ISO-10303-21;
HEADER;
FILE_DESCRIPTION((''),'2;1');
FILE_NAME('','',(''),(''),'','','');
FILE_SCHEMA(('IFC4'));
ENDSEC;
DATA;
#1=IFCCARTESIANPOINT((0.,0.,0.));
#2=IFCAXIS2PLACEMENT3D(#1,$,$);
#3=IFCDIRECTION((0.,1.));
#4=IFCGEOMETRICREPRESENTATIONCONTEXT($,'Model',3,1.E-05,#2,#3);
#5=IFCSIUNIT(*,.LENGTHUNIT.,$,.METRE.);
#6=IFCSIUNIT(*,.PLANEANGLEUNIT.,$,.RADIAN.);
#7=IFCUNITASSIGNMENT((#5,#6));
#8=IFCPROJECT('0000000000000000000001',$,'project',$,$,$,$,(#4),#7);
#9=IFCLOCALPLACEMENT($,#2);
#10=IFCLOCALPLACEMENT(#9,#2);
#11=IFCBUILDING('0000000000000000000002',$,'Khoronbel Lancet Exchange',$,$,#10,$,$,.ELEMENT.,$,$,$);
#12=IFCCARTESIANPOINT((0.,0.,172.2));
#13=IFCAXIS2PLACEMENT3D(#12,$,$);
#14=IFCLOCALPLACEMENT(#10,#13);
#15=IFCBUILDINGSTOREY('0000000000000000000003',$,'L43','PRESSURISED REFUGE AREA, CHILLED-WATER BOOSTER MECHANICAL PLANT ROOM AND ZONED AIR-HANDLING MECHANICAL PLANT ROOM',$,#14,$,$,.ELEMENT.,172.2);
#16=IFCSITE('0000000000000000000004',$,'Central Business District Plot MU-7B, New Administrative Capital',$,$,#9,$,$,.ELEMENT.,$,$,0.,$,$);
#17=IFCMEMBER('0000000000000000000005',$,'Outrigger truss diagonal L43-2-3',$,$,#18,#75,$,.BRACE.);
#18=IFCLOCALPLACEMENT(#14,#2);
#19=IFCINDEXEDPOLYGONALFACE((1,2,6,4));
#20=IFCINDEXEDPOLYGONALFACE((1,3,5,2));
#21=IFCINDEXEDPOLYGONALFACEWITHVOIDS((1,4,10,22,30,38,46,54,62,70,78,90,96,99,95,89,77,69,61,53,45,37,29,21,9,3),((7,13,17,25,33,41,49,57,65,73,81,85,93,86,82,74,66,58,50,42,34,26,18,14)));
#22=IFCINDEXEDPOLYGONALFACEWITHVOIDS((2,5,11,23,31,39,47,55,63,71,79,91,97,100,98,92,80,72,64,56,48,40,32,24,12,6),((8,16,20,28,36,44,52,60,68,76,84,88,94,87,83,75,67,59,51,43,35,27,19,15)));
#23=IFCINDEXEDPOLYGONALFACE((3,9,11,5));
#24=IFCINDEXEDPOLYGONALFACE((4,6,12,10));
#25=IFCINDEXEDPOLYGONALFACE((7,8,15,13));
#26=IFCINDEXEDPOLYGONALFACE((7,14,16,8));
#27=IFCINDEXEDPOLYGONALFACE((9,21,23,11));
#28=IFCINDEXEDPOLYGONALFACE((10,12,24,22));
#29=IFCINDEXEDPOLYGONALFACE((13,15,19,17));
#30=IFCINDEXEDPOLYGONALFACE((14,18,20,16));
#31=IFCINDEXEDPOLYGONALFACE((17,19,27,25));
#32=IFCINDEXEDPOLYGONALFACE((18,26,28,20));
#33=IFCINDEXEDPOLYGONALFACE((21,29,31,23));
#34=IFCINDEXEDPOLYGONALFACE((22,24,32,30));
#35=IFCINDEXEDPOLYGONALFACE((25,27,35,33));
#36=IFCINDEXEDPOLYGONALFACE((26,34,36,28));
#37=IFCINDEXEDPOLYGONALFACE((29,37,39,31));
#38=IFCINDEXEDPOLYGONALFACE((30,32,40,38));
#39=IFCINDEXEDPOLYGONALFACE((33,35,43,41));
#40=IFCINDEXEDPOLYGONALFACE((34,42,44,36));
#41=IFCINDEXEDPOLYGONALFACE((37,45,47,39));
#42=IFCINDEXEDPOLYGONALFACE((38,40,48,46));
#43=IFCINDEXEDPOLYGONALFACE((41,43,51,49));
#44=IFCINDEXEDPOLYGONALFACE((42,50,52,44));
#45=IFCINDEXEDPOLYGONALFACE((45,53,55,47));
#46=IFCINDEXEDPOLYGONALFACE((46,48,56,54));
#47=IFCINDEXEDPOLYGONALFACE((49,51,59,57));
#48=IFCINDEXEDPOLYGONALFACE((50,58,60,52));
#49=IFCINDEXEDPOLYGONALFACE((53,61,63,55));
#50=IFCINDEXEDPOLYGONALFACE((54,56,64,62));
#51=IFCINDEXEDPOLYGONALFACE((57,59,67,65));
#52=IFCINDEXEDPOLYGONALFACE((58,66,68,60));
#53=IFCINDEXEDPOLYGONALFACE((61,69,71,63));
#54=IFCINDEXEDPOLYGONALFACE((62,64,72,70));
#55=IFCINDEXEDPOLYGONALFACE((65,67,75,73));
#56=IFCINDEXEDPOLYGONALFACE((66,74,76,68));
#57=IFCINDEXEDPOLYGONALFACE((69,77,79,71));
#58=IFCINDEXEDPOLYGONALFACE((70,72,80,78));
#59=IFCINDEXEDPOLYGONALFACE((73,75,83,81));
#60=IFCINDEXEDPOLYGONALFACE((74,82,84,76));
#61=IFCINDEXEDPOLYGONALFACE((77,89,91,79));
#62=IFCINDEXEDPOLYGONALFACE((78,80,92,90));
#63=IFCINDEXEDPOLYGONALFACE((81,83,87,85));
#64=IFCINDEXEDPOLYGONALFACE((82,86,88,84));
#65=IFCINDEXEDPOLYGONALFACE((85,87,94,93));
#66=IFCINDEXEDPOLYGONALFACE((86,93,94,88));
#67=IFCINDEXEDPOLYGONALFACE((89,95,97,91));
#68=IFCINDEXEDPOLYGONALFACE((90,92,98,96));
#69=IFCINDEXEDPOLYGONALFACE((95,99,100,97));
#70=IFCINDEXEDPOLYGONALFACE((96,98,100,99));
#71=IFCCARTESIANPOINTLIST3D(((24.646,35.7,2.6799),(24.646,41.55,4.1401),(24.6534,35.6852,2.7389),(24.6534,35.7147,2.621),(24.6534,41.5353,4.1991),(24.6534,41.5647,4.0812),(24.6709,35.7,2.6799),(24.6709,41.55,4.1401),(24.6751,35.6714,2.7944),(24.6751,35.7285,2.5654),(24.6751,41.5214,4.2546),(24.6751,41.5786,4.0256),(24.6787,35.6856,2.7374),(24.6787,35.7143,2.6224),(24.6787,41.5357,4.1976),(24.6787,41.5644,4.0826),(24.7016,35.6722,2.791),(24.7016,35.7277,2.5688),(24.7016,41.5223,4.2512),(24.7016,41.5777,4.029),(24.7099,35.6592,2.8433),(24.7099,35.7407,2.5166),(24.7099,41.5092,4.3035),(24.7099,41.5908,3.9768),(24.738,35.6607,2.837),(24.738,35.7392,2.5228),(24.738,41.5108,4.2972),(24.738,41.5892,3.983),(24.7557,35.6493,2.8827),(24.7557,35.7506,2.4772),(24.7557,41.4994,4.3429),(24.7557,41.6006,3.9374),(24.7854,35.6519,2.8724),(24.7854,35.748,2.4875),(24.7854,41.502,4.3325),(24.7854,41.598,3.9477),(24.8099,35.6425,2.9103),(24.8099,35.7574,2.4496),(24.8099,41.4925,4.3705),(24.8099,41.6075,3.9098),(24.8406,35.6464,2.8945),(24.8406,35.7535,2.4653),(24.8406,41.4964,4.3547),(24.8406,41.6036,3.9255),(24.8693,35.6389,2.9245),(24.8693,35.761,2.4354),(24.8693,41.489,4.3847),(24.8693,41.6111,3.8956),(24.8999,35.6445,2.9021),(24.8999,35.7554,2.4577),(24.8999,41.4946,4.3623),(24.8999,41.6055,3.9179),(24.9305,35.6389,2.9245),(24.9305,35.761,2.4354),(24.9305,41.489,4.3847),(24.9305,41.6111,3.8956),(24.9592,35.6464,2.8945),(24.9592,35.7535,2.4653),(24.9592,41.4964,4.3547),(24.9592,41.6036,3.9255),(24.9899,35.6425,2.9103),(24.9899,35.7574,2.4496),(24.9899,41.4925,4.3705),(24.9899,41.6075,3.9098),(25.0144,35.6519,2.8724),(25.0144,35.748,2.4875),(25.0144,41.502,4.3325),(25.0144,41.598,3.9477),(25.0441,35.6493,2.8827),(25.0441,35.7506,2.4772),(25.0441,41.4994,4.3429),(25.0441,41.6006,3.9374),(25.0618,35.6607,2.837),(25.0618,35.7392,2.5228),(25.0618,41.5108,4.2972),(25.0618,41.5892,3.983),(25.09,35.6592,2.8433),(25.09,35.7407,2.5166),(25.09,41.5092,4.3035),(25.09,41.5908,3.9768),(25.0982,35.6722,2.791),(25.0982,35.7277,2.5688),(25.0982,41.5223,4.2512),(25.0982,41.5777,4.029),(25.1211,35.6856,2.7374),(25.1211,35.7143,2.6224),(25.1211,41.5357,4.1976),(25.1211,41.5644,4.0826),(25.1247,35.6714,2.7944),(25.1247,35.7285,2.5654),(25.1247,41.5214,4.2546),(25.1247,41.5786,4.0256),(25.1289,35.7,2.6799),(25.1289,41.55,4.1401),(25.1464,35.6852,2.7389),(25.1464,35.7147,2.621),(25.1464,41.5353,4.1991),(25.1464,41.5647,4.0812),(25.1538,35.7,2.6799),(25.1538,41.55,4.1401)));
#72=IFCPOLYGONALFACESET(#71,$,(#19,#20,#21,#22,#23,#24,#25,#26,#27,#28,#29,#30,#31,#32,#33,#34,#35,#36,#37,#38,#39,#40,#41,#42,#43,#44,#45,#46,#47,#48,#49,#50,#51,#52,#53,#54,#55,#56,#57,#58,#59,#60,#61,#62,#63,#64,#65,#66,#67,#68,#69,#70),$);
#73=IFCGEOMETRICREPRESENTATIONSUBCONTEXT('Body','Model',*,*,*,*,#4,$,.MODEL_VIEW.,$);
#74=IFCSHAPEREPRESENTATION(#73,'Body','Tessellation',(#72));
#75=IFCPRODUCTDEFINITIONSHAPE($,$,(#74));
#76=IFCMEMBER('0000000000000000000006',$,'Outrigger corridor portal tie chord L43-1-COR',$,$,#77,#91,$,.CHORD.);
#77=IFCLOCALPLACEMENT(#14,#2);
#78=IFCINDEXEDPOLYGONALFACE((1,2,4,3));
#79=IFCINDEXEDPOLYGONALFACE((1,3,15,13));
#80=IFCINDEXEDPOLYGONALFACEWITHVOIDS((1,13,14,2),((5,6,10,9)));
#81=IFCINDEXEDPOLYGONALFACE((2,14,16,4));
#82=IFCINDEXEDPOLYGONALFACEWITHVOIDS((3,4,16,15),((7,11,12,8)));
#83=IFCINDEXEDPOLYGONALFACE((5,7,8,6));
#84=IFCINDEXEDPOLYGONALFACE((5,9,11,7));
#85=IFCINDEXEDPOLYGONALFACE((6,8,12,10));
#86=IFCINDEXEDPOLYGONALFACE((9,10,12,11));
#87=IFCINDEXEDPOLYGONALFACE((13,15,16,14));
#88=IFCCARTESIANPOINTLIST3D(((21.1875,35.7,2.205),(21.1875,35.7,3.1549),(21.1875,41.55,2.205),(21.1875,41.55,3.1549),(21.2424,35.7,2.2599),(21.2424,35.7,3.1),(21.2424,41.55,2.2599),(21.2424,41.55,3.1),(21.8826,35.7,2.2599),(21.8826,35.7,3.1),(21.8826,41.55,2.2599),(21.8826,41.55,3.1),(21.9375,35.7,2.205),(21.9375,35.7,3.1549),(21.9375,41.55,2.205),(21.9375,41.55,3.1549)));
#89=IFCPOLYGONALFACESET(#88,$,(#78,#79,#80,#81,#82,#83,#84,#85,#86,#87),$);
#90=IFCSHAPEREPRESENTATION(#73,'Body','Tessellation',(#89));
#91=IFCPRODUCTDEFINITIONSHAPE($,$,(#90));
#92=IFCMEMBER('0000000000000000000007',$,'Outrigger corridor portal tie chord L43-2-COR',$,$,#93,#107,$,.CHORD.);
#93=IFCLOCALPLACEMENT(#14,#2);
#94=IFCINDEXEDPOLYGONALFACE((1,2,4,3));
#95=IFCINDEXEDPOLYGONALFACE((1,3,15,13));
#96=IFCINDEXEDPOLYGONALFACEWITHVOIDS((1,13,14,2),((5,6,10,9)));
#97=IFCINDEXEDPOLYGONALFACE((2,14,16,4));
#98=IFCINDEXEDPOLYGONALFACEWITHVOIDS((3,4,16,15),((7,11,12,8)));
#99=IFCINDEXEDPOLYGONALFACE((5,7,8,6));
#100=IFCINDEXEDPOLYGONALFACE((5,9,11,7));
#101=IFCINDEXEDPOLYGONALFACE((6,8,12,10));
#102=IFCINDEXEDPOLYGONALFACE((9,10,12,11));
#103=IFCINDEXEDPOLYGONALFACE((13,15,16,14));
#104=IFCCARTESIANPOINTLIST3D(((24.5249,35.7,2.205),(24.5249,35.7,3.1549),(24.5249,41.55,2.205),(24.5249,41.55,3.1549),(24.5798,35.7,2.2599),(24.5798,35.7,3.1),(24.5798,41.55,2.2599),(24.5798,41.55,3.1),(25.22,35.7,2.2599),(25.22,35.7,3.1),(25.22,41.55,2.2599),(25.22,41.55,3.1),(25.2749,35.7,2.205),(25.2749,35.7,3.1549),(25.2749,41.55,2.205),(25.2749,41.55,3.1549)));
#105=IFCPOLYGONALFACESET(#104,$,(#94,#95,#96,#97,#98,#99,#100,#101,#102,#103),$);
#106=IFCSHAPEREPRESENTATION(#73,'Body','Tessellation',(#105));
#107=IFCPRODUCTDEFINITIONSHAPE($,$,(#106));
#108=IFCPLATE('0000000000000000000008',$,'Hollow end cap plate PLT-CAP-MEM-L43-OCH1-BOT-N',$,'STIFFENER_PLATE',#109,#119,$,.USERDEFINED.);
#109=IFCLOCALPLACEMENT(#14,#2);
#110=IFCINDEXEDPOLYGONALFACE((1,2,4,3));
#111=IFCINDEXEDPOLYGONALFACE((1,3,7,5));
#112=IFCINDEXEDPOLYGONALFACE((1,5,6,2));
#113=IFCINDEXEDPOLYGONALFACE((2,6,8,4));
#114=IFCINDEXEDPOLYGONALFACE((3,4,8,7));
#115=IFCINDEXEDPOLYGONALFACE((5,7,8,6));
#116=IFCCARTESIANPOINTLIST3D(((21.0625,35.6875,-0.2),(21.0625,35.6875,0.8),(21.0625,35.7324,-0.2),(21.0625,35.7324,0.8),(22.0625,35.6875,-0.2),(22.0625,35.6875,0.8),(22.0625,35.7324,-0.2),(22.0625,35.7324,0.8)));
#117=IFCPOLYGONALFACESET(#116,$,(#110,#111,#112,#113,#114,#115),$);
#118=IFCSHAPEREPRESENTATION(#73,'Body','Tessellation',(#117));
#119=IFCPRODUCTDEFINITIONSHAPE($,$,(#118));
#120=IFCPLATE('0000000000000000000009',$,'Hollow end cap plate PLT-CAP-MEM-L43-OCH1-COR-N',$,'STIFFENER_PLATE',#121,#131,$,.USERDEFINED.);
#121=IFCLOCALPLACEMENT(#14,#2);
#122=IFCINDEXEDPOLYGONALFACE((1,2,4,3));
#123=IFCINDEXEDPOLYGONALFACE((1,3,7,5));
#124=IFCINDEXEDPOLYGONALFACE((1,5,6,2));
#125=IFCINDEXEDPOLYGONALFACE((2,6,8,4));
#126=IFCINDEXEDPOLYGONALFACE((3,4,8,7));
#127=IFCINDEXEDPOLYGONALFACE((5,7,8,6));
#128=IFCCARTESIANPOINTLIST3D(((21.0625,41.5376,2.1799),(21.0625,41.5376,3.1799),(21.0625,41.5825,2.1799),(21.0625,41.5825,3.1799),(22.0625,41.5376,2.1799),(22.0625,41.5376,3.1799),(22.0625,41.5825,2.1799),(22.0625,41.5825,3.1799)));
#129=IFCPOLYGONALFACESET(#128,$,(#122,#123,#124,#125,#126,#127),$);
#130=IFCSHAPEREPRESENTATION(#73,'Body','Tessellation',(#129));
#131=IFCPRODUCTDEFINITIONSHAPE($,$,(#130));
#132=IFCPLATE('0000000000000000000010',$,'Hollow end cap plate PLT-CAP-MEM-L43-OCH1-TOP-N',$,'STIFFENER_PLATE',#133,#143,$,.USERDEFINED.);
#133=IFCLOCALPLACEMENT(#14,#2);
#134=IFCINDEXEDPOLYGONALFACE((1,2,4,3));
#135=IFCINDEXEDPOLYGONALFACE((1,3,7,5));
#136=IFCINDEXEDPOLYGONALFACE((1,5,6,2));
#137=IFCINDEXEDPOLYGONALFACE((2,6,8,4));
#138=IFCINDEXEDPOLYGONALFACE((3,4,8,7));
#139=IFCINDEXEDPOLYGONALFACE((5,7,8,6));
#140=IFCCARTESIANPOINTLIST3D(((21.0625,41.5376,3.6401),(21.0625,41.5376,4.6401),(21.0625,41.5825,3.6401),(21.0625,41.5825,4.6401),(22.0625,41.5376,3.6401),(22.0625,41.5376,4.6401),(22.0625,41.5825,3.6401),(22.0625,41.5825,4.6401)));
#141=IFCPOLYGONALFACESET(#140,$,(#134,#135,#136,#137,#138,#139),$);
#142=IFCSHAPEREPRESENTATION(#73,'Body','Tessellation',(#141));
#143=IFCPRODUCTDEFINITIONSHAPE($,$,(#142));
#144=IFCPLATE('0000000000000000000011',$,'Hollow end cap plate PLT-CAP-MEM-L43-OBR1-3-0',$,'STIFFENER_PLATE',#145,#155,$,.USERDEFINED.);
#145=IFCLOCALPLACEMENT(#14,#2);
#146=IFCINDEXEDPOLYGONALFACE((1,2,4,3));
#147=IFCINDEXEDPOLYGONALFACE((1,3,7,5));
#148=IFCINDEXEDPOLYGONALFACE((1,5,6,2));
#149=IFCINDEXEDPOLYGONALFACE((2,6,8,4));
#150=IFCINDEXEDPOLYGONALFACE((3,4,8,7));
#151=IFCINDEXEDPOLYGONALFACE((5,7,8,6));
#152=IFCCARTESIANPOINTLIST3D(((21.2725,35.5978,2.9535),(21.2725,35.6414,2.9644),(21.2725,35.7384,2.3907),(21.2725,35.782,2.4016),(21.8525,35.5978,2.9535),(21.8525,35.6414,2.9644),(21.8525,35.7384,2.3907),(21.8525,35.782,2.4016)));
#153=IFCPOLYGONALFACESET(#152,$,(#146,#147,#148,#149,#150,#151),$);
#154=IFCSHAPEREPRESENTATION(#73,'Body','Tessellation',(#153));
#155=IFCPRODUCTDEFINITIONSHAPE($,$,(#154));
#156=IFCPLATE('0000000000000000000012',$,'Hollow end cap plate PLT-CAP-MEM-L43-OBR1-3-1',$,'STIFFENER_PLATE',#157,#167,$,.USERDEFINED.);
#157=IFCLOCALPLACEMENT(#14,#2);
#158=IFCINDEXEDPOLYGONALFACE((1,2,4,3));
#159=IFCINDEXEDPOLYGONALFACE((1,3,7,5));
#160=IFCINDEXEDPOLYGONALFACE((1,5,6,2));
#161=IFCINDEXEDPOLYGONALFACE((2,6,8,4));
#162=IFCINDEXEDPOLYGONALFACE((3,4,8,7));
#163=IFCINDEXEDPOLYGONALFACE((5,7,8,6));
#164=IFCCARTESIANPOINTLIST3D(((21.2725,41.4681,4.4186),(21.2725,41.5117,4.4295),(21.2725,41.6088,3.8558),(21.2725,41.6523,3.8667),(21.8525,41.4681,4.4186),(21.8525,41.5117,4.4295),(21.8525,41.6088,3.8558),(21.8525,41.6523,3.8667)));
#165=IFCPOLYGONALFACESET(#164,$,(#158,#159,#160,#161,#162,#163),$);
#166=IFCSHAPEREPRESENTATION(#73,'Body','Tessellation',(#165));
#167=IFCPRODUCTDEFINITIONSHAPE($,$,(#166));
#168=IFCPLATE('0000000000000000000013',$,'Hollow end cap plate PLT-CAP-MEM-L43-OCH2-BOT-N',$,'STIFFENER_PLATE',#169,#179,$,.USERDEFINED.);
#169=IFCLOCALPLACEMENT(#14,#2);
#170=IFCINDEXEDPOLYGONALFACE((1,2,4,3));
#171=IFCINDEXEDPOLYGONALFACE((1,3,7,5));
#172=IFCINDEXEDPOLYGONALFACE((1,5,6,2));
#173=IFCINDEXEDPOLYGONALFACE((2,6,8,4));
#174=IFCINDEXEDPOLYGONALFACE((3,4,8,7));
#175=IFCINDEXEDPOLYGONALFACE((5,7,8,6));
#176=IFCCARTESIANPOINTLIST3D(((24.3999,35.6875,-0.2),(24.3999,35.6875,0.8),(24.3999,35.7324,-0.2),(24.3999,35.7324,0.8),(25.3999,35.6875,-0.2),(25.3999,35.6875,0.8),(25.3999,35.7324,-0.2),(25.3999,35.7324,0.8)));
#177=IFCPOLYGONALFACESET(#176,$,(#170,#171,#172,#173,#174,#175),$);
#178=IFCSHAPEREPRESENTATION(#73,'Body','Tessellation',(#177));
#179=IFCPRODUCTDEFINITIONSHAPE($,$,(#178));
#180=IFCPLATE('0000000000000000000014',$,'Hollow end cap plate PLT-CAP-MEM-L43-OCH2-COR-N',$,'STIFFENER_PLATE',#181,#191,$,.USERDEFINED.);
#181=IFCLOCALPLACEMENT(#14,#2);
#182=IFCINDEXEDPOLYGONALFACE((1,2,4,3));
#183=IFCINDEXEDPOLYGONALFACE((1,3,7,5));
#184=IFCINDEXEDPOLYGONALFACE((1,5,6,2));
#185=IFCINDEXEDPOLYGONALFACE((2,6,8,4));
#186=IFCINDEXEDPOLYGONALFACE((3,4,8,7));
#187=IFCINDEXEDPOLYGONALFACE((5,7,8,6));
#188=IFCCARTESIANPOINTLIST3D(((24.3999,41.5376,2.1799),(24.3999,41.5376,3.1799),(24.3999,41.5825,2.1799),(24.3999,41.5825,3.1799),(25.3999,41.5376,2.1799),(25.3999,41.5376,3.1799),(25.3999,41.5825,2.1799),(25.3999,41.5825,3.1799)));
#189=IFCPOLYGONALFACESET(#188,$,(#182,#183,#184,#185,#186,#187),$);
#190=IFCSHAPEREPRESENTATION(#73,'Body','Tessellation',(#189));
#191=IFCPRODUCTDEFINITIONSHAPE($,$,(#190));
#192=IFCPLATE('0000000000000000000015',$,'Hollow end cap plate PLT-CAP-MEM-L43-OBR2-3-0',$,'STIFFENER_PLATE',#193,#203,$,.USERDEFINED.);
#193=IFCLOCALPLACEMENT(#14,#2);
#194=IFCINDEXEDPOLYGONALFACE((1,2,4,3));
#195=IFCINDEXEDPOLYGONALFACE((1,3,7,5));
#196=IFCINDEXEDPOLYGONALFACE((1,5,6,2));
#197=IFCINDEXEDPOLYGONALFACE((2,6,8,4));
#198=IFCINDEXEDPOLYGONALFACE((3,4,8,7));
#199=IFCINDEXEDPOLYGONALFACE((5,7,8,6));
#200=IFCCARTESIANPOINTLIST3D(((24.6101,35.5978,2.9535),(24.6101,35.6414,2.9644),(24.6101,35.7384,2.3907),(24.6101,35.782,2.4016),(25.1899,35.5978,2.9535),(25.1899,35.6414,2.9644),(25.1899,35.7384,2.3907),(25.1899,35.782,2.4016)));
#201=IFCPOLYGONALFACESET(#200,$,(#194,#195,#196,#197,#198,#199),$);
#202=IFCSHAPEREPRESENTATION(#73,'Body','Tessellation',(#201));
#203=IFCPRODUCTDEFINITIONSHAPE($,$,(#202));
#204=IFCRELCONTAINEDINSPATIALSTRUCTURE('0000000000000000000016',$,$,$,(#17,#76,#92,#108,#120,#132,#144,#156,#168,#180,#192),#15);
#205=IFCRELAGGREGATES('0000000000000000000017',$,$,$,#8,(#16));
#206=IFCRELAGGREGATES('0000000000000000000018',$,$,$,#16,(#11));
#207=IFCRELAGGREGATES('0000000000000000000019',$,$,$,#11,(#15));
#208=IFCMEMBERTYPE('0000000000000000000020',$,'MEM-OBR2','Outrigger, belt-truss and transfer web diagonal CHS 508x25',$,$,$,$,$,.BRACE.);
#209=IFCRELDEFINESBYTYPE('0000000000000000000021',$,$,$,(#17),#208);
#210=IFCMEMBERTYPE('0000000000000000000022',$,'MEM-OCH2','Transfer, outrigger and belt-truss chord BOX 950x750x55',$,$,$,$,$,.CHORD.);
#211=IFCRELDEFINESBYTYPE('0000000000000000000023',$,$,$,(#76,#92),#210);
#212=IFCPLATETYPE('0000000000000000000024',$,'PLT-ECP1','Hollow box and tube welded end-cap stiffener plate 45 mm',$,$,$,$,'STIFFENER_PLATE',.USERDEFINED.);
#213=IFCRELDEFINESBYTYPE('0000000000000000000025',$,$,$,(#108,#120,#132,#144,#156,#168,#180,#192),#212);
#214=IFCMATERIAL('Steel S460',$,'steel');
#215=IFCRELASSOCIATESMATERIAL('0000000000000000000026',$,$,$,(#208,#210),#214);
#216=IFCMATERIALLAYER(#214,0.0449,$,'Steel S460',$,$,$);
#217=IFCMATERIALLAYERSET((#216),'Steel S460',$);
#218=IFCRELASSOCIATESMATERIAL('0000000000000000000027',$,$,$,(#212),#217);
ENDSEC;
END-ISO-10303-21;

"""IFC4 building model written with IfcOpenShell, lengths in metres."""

from ifc_helpers import new_model, si_unit, direction, frame, origin, origin_2d, place, context, subcontext, project, spatial, polyline, rectangle, hollow_rectangle, hollow_circle, outline, extrude, material, layer, layer_set, material_profile, profile_set, type_object, element, save


model = new_model("IFC4")

# Units and contexts
model_context = context("Model", 3, precision=1e-05, world=origin(), true_north=direction((0.0, 1.0)))
body_context = subcontext(model_context, "Body", "Model", "MODEL_VIEW")
ifc_project = project(units=[si_unit("LENGTHUNIT", "METRE"), si_unit("PLANEANGLEUNIT", "RADIAN")], contexts=[model_context])

# Site, building, storey
site_placement = place(None, origin())
site = spatial("IfcSite", under=ifc_project, at=site_placement, Name="Central Business District Plot MU-7B, New Administrative Capital", CompositionType="ELEMENT", RefElevation=0.0)
building_placement = place(site_placement, origin())
building = spatial("IfcBuilding", under=site, at=building_placement, Name="Khoronbel Lancet Exchange", CompositionType="ELEMENT")
storey_placement = place(building_placement, frame((0.0, 0.0, 172.2)))
storey = spatial("IfcBuildingStorey", under=building, at=storey_placement, Name="L43", Description="PRESSURISED REFUGE AREA, CHILLED-WATER BOOSTER MECHANICAL PLANT ROOM AND ZONED AIR-HANDLING MECHANICAL PLANT ROOM", CompositionType="ELEMENT", Elevation=172.2)

# Shared definitions
ifc_material_1 = material(Name="Steel S460", Category="steel")

# Members
ifc_material_profile_1 = material_profile(ifc_material_1, hollow_circle(Radius=0.2539, WallThickness=0.0249, at=origin_2d()), Name="CHS 508x25")
ifc_profile_set_1 = profile_set([ifc_material_profile_1], Name="Steel S460")
member_type_1 = type_object("IfcMemberType", Name="MEM-OBR2", Description="Outrigger, belt-truss and transfer web diagonal CHS 508x25", PredefinedType="BRACE", material=ifc_profile_set_1)
for number, where, z_axis, x_axis, name in (
    (1, (24.8999, 35.7, 2.6799), (0.0, 0.970233, 0.242174), (-1.0, 0.0, 0.0), "Outrigger truss diagonal L43-2-3"),
):
    element("IfcMember", number, at=place(storey_placement, frame(where, z_axis=z_axis, x_axis=x_axis)), inside=storey, type_object=member_type_1, Name=name, PredefinedType="BRACE", context=body_context, shape_type="SweptSolid", body=[
        extrude(hollow_circle(Radius=0.2539, WallThickness=0.0249, at=origin_2d()), origin(), (0.0, 0.0, 1.0), 6.0295),
    ])
ifc_material_profile_2 = material_profile(ifc_material_1, hollow_rectangle(XDim=0.75, YDim=0.95, WallThickness=0.0549, at=origin_2d()), Name="BOX 950x750x55")
ifc_profile_set_2 = profile_set([ifc_material_profile_2], Name="Steel S460")
member_type_2 = type_object("IfcMemberType", Name="MEM-OCH2", Description="Transfer, outrigger and belt-truss chord BOX 950x750x55", PredefinedType="CHORD", material=ifc_profile_set_2)
for number, where, z_axis, x_axis, name in (
    (2, (21.5625, 35.7, 2.6799), (0.0, 1.0, 0.0), (-1.0, 0.0, 0.0), "Outrigger corridor portal tie chord L43-1-COR"),
    (3, (24.8999, 35.7, 2.6799), (0.0, 1.0, 0.0), (-1.0, 0.0, 0.0), "Outrigger corridor portal tie chord L43-2-COR"),
):
    element("IfcMember", number, at=place(storey_placement, frame(where, z_axis=z_axis, x_axis=x_axis)), inside=storey, type_object=member_type_2, Name=name, PredefinedType="CHORD", context=body_context, shape_type="SweptSolid", body=[
        extrude(hollow_rectangle(XDim=0.75, YDim=0.95, WallThickness=0.0549, at=origin_2d()), origin(), (0.0, 0.0, 1.0), 5.8501),
    ])

# Plates
ifc_layer_1 = layer(ifc_material_1, 0.0449, Name="Steel S460")
ifc_layer_set_1 = layer_set([ifc_layer_1], Name="Steel S460")
plate_type_1 = type_object("IfcPlateType", Name="PLT-ECP1", Description="Hollow box and tube welded end-cap stiffener plate 45 mm", ElementType="STIFFENER_PLATE", PredefinedType="USERDEFINED", material=ifc_layer_set_1)
for number, where, z_axis, x_axis, name in (
    (4, (21.5625, 35.71, -0.2), (0.0, 0.0, 1.0), (0.0, 1.0, 0.0), "Hollow end cap plate PLT-CAP-MEM-L43-OCH1-BOT-N"),
    (5, (21.5625, 41.5601, 2.1799), (0.0, 0.0, 1.0), (0.0, 1.0, 0.0), "Hollow end cap plate PLT-CAP-MEM-L43-OCH1-COR-N"),
    (6, (21.5625, 41.5601, 3.6401), (0.0, 0.0, 1.0), (0.0, 1.0, 0.0), "Hollow end cap plate PLT-CAP-MEM-L43-OCH1-TOP-N"),
):
    element("IfcPlate", number, at=place(storey_placement, frame(where, z_axis=z_axis, x_axis=x_axis)), inside=storey, type_object=plate_type_1, Name=name, ObjectType="STIFFENER_PLATE", PredefinedType="USERDEFINED", context=body_context, shape_type="SweptSolid", body=[
        extrude(rectangle(XDim=0.0449, YDim=1.0, at=origin_2d()), origin(), (0.0, 0.0, 1.0), 1.0),
    ])
for number, where, z_axis, x_axis, name in (
    (7, (21.8525, 35.782, 2.4016), (0.0, 0.970167, 0.242437), (-1.0, 0.0, 0.0), "Hollow end cap plate PLT-CAP-MEM-L43-OBR1-3-0"),
    (8, (21.8525, 41.6523, 3.8667), (0.0, 0.970167, 0.242437), (-1.0, 0.0, 0.0), "Hollow end cap plate PLT-CAP-MEM-L43-OBR1-3-1"),
):
    element("IfcPlate", number, at=place(storey_placement, frame(where, z_axis=z_axis, x_axis=x_axis)), inside=storey, type_object=plate_type_1, Name=name, ObjectType="STIFFENER_PLATE", PredefinedType="USERDEFINED", context=body_context, shape_type="SweptSolid", body=[
        extrude(outline(polyline([(0.0, 0.0), (0.5801, 0.0), (0.5801, 0.5801), (0.0, 0.5801), (0.0, 0.0)])), origin(), (0.0, 0.0, -1.0), 0.0449),
    ])
for number, where, z_axis, x_axis, name in (
    (9, (24.8999, 35.71, -0.2), (0.0, 0.0, 1.0), (0.0, 1.0, 0.0), "Hollow end cap plate PLT-CAP-MEM-L43-OCH2-BOT-N"),
    (10, (24.8999, 41.5601, 2.1799), (0.0, 0.0, 1.0), (0.0, 1.0, 0.0), "Hollow end cap plate PLT-CAP-MEM-L43-OCH2-COR-N"),
):
    element("IfcPlate", number, at=place(storey_placement, frame(where, z_axis=z_axis, x_axis=x_axis)), inside=storey, type_object=plate_type_1, Name=name, ObjectType="STIFFENER_PLATE", PredefinedType="USERDEFINED", context=body_context, shape_type="SweptSolid", body=[
        extrude(rectangle(XDim=0.0449, YDim=1.0, at=origin_2d()), origin(), (0.0, 0.0, 1.0), 1.0),
    ])
for number, where, z_axis, x_axis, name in (
    (11, (25.1899, 35.782, 2.4016), (0.0, 0.970167, 0.242437), (-1.0, 0.0, 0.0), "Hollow end cap plate PLT-CAP-MEM-L43-OBR2-3-0"),
):
    element("IfcPlate", number, at=place(storey_placement, frame(where, z_axis=z_axis, x_axis=x_axis)), inside=storey, type_object=plate_type_1, Name=name, ObjectType="STIFFENER_PLATE", PredefinedType="USERDEFINED", context=body_context, shape_type="SweptSolid", body=[
        extrude(outline(polyline([(0.0, 0.0), (0.5798, 0.0), (0.5798, 0.5801), (0.0, 0.5801), (0.0, 0.0)])), origin(), (0.0, 0.0, -1.0), 0.0449),
    ])

save(model, "model.ifc")
